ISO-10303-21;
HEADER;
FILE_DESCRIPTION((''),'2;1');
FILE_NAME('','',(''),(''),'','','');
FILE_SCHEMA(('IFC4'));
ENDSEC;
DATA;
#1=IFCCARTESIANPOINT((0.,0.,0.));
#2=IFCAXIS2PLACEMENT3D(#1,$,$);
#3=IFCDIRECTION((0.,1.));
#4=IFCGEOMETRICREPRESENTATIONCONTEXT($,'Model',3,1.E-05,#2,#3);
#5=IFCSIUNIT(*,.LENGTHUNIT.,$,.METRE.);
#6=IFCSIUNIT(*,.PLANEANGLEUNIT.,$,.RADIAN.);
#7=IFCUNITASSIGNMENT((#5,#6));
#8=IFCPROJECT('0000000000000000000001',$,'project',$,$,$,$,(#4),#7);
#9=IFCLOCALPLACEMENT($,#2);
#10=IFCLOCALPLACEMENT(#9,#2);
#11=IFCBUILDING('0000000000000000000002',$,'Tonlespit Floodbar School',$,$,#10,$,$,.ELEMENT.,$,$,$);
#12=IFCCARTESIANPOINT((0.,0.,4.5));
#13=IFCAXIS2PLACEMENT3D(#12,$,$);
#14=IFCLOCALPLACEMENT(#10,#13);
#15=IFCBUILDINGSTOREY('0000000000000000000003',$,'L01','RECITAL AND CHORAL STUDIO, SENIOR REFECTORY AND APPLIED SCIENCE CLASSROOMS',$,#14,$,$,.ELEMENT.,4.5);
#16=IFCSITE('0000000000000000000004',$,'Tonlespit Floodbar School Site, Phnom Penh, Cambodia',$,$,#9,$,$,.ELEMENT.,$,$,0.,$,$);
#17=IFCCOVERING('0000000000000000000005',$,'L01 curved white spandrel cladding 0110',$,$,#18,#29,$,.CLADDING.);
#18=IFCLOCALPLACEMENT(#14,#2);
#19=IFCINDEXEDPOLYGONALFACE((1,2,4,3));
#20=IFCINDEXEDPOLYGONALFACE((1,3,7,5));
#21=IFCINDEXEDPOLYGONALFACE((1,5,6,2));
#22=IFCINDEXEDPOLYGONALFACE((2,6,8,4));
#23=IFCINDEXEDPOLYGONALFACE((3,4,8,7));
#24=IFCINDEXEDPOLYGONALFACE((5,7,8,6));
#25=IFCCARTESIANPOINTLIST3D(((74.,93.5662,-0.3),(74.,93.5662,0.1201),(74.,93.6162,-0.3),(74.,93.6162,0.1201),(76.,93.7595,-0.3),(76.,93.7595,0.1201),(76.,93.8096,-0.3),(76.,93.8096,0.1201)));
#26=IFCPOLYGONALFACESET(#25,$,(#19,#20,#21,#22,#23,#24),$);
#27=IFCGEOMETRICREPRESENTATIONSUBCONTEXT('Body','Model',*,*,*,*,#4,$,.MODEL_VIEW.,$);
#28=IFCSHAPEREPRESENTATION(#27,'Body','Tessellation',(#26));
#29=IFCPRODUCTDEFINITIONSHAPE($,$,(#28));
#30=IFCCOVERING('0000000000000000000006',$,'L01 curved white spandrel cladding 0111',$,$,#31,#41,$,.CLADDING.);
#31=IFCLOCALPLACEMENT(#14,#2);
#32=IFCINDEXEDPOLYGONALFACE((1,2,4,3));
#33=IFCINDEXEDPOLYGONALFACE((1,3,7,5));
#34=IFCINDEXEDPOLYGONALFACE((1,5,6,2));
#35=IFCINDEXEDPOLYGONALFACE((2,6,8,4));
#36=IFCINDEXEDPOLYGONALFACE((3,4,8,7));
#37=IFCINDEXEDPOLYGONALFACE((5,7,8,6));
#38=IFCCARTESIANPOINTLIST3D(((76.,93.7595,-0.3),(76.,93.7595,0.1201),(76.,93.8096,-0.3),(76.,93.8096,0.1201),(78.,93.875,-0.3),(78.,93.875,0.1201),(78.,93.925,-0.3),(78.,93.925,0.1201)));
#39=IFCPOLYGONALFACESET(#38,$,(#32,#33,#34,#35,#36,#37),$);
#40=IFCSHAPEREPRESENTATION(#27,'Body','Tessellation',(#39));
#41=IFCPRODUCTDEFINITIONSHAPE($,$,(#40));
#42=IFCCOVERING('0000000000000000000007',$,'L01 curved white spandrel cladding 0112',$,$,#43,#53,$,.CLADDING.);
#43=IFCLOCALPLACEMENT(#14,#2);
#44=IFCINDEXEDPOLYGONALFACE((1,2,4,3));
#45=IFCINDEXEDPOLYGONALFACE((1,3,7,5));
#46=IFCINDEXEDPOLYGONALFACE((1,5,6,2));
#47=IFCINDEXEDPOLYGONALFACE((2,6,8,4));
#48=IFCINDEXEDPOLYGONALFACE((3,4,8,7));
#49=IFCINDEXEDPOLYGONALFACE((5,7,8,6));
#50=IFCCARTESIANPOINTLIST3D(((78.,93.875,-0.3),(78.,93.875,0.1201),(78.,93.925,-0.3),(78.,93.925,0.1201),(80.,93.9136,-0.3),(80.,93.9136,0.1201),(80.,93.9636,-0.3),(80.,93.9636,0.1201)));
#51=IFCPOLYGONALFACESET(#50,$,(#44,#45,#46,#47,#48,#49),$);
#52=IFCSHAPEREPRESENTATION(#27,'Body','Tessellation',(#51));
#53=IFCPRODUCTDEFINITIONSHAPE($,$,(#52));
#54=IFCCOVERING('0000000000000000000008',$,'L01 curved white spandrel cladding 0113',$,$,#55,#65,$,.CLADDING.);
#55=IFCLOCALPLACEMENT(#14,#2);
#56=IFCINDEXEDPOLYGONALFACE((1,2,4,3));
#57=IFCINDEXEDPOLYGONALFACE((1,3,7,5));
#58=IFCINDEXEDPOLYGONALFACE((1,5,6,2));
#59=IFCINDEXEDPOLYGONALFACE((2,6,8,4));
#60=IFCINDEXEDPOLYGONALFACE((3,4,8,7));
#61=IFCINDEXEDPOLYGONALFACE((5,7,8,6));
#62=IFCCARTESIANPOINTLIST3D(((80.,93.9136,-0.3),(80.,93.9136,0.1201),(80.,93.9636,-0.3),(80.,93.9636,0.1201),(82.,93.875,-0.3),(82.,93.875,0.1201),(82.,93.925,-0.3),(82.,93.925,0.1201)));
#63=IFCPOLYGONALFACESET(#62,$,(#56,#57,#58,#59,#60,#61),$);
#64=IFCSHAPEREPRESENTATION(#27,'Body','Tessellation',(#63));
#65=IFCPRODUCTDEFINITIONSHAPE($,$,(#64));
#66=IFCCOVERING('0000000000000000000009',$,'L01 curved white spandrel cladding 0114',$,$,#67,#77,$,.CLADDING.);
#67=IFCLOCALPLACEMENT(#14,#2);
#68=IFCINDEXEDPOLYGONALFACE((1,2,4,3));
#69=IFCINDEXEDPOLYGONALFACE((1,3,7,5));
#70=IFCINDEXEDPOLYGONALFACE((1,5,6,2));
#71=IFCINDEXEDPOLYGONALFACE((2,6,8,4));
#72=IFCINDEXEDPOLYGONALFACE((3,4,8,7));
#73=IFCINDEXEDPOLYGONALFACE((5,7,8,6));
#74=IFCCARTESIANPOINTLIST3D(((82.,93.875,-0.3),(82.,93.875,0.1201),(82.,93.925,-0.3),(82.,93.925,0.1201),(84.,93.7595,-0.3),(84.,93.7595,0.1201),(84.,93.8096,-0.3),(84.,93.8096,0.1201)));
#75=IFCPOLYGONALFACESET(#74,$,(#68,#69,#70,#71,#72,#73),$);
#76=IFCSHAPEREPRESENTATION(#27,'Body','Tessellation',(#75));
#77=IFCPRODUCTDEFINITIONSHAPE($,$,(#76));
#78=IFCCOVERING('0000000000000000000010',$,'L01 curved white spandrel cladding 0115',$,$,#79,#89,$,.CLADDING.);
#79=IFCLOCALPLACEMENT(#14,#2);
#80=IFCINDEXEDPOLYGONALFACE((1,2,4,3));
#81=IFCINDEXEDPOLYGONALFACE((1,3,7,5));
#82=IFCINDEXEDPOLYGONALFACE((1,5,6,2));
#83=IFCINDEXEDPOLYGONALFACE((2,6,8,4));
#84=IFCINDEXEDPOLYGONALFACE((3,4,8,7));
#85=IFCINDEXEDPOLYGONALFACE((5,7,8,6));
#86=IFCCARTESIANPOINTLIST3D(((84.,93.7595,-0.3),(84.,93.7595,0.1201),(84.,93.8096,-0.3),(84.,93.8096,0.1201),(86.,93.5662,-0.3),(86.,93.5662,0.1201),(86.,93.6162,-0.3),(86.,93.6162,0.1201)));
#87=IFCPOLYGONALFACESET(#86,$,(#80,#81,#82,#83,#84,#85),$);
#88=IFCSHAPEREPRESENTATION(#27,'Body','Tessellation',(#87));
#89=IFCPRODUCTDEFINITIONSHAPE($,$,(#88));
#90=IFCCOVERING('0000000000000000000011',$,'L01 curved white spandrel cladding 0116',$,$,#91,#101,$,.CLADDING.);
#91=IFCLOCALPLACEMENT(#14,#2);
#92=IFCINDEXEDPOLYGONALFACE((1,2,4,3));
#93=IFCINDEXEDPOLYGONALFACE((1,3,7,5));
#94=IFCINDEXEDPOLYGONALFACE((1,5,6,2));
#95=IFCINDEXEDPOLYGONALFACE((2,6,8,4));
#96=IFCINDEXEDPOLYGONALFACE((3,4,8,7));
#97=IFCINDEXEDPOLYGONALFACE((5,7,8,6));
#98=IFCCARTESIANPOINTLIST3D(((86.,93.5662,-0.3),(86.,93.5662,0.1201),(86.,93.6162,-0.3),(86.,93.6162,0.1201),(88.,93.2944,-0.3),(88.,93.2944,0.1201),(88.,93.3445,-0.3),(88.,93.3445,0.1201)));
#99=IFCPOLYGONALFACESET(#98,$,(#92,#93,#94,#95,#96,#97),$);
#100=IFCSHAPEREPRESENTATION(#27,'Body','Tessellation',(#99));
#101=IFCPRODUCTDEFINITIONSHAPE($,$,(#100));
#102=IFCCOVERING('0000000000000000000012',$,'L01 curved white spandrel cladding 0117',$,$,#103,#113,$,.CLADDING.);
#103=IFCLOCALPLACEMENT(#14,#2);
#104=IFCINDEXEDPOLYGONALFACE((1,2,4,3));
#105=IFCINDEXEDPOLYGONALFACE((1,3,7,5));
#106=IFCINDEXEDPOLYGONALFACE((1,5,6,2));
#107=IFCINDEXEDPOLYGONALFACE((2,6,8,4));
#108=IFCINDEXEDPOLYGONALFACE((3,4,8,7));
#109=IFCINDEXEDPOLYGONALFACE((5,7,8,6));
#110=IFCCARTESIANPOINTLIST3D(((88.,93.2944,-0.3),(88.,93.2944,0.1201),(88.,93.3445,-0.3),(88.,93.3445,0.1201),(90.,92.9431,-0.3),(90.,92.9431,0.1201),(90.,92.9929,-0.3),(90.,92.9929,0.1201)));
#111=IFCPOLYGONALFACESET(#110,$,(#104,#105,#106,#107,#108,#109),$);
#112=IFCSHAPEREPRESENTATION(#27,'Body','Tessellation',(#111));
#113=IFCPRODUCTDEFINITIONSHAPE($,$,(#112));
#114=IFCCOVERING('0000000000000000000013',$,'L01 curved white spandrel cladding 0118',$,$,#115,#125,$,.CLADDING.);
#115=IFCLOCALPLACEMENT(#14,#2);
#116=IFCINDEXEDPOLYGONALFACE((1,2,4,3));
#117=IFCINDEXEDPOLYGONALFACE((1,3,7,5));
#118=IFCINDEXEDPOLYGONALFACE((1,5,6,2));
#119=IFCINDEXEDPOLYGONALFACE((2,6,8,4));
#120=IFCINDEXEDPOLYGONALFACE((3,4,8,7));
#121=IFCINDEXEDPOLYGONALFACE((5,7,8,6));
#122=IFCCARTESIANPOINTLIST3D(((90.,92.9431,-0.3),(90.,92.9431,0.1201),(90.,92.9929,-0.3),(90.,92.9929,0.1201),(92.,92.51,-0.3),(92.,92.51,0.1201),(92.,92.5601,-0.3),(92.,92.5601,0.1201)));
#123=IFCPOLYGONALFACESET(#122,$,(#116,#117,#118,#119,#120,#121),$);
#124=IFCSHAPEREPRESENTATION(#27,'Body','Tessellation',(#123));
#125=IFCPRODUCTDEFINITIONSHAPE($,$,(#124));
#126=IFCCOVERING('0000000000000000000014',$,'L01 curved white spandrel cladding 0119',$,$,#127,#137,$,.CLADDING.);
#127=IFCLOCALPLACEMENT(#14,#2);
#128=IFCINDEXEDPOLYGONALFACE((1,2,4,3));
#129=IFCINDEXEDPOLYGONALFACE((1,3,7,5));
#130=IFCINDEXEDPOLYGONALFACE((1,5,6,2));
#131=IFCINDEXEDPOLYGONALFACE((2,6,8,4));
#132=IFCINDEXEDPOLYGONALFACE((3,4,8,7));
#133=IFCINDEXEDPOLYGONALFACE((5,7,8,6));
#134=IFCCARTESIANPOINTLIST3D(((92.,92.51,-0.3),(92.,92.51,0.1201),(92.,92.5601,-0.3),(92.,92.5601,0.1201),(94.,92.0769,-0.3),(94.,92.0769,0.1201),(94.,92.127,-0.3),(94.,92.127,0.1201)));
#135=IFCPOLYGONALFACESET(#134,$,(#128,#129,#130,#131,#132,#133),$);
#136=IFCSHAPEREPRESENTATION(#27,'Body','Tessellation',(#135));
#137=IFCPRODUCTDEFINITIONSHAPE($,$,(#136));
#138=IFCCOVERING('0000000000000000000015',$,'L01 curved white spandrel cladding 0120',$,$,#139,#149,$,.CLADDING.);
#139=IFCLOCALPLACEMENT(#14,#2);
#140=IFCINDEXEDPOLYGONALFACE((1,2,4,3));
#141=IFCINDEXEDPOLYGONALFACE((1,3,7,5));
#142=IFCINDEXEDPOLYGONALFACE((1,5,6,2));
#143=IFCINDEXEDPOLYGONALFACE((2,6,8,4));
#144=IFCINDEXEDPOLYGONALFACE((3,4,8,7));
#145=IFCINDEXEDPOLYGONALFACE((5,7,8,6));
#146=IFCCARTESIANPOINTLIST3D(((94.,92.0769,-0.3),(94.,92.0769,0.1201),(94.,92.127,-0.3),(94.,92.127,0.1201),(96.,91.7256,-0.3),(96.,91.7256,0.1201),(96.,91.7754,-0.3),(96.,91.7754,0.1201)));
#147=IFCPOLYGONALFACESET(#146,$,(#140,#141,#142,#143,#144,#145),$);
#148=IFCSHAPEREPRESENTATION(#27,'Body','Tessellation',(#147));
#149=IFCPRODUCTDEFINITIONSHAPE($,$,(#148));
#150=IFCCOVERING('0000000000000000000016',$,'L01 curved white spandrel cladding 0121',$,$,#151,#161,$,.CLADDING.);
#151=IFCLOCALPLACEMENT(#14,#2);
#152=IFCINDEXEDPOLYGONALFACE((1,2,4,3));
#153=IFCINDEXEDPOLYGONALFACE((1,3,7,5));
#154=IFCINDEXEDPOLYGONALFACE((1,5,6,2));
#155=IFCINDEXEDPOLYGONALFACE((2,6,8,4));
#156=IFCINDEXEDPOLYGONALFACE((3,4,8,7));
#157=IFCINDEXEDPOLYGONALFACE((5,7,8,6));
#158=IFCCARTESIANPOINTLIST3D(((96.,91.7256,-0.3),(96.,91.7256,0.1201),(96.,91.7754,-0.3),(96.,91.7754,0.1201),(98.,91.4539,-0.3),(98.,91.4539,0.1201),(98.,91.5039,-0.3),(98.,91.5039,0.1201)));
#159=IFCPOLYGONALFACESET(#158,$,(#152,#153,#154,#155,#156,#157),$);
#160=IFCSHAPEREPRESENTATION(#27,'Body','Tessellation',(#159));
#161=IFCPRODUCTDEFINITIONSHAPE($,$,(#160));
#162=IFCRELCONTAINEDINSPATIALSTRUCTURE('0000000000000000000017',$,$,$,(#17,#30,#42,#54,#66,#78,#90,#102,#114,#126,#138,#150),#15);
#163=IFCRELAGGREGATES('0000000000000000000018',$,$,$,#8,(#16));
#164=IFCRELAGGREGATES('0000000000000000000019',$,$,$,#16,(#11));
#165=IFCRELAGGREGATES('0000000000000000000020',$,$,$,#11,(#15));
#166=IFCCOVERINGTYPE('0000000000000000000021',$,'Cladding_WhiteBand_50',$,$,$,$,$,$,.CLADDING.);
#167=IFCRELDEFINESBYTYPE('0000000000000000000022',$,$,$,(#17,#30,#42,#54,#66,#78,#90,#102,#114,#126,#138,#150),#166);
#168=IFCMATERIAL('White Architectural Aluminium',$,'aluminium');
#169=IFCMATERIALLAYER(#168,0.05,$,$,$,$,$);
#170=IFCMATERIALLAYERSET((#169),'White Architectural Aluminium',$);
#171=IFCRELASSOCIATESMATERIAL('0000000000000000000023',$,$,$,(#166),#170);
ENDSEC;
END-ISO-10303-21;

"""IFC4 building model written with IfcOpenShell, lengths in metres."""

from ifc_helpers import new_model, si_unit, direction, frame, origin, place, context, subcontext, project, spatial, polyline, outline, extrude, material, layer, layer_set, type_object, element, save


model = new_model("IFC4")

# Units and contexts
model_context = context("Model", 3, precision=1e-05, world=origin(), true_north=direction((0.0, 1.0)))
body_context = subcontext(model_context, "Body", "Model", "MODEL_VIEW")
ifc_project = project(units=[si_unit("LENGTHUNIT", "METRE"), si_unit("PLANEANGLEUNIT", "RADIAN")], contexts=[model_context])

# Site, building, storey
site_placement = place(None, origin())
site = spatial("IfcSite", under=ifc_project, at=site_placement, Name="Tonlespit Floodbar School Site, Phnom Penh, Cambodia", CompositionType="ELEMENT", RefElevation=0.0)
building_placement = place(site_placement, origin())
building = spatial("IfcBuilding", under=site, at=building_placement, Name="Tonlespit Floodbar School", CompositionType="ELEMENT")
storey_placement = place(building_placement, frame((0.0, 0.0, 4.5)))
storey = spatial("IfcBuildingStorey", under=building, at=storey_placement, Name="L01", Description="RECITAL AND CHORAL STUDIO, SENIOR REFECTORY AND APPLIED SCIENCE CLASSROOMS", CompositionType="ELEMENT", Elevation=4.5)

# Coverings
ifc_material = material(Name="White Architectural Aluminium", Category="aluminium")
ifc_layer = layer(ifc_material, 0.05)
ifc_layer_set = layer_set([ifc_layer], Name="White Architectural Aluminium")
covering_type = type_object("IfcCoveringType", Name="Cladding_WhiteBand_50", PredefinedType="CLADDING", material=ifc_layer_set)
covering_1_placement = place(storey_placement, frame((0.0, 0.0, -0.3)))
element("IfcCovering", 1, at=covering_1_placement, inside=storey, type_object=covering_type, Name="L01 curved white spandrel cladding 0110", PredefinedType="CLADDING", context=body_context, shape_type="SweptSolid", body=[
    extrude(outline(polyline([(74.0, 93.6162), (76.0, 93.8096), (76.0, 93.7595), (74.0, 93.5662), (74.0, 93.6162)])), origin(), (0.0, 0.0, 1.0), 0.4202),
])
covering_2_placement = place(storey_placement, frame((0.0, 0.0, -0.3)))
element("IfcCovering", 2, at=covering_2_placement, inside=storey, type_object=covering_type, Name="L01 curved white spandrel cladding 0111", PredefinedType="CLADDING", context=body_context, shape_type="SweptSolid", body=[
    extrude(outline(polyline([(76.0, 93.8096), (78.0, 93.925), (78.0, 93.875), (76.0, 93.7595), (76.0, 93.8096)])), origin(), (0.0, 0.0, 1.0), 0.4202),
])
covering_3_placement = place(storey_placement, frame((0.0, 0.0, -0.3)))
element("IfcCovering", 3, at=covering_3_placement, inside=storey, type_object=covering_type, Name="L01 curved white spandrel cladding 0112", PredefinedType="CLADDING", context=body_context, shape_type="SweptSolid", body=[
    extrude(outline(polyline([(78.0, 93.925), (80.0, 93.9636), (80.0, 93.9136), (78.0, 93.875), (78.0, 93.925)])), origin(), (0.0, 0.0, 1.0), 0.4202),
])
covering_4_placement = place(storey_placement, frame((0.0, 0.0, -0.3)))
element("IfcCovering", 4, at=covering_4_placement, inside=storey, type_object=covering_type, Name="L01 curved white spandrel cladding 0113", PredefinedType="CLADDING", context=body_context, shape_type="SweptSolid", body=[
    extrude(outline(polyline([(80.0, 93.9636), (82.0, 93.925), (82.0, 93.875), (80.0, 93.9136), (80.0, 93.9636)])), origin(), (0.0, 0.0, 1.0), 0.4202),
])
covering_5_placement = place(storey_placement, frame((0.0, 0.0, -0.3)))
element("IfcCovering", 5, at=covering_5_placement, inside=storey, type_object=covering_type, Name="L01 curved white spandrel cladding 0114", PredefinedType="CLADDING", context=body_context, shape_type="SweptSolid", body=[
    extrude(outline(polyline([(82.0, 93.925), (84.0, 93.8096), (84.0, 93.7595), (82.0, 93.875), (82.0, 93.925)])), origin(), (0.0, 0.0, 1.0), 0.4202),
])
covering_6_placement = place(storey_placement, frame((0.0, 0.0, -0.3)))
element("IfcCovering", 6, at=covering_6_placement, inside=storey, type_object=covering_type, Name="L01 curved white spandrel cladding 0115", PredefinedType="CLADDING", context=body_context, shape_type="SweptSolid", body=[
    extrude(outline(polyline([(84.0, 93.8096), (86.0, 93.6162), (86.0, 93.5662), (84.0, 93.7595), (84.0, 93.8096)])), origin(), (0.0, 0.0, 1.0), 0.4202),
])
covering_7_placement = place(storey_placement, frame((0.0, 0.0, -0.3)))
element("IfcCovering", 7, at=covering_7_placement, inside=storey, type_object=covering_type, Name="L01 curved white spandrel cladding 0116", PredefinedType="CLADDING", context=body_context, shape_type="SweptSolid", body=[
    extrude(outline(polyline([(86.0, 93.6162), (88.0, 93.3445), (88.0, 93.2944), (86.0, 93.5662), (86.0, 93.6162)])), origin(), (0.0, 0.0, 1.0), 0.4202),
])
covering_8_placement = place(storey_placement, frame((0.0, 0.0, -0.3)))
element("IfcCovering", 8, at=covering_8_placement, inside=storey, type_object=covering_type, Name="L01 curved white spandrel cladding 0117", PredefinedType="CLADDING", context=body_context, shape_type="SweptSolid", body=[
    extrude(outline(polyline([(88.0, 93.3445), (90.0, 92.9929), (90.0, 92.9431), (88.0, 93.2944), (88.0, 93.3445)])), origin(), (0.0, 0.0, 1.0), 0.4202),
])
covering_9_placement = place(storey_placement, frame((0.0, 0.0, -0.3)))
element("IfcCovering", 9, at=covering_9_placement, inside=storey, type_object=covering_type, Name="L01 curved white spandrel cladding 0118", PredefinedType="CLADDING", context=body_context, shape_type="SweptSolid", body=[
    extrude(outline(polyline([(90.0, 92.9929), (92.0, 92.5601), (92.0, 92.51), (90.0, 92.9431), (90.0, 92.9929)])), origin(), (0.0, 0.0, 1.0), 0.4202),
])
covering_10_placement = place(storey_placement, frame((0.0, 0.0, -0.3)))
element("IfcCovering", 10, at=covering_10_placement, inside=storey, type_object=covering_type, Name="L01 curved white spandrel cladding 0119", PredefinedType="CLADDING", context=body_context, shape_type="SweptSolid", body=[
    extrude(outline(polyline([(92.0, 92.5601), (94.0, 92.127), (94.0, 92.0769), (92.0, 92.51), (92.0, 92.5601)])), origin(), (0.0, 0.0, 1.0), 0.4202),
])
covering_11_placement = place(storey_placement, frame((0.0, 0.0, -0.3)))
element("IfcCovering", 11, at=covering_11_placement, inside=storey, type_object=covering_type, Name="L01 curved white spandrel cladding 0120", PredefinedType="CLADDING", context=body_context, shape_type="SweptSolid", body=[
    extrude(outline(polyline([(94.0, 92.127), (96.0, 91.7754), (96.0, 91.7256), (94.0, 92.0769), (94.0, 92.127)])), origin(), (0.0, 0.0, 1.0), 0.4202),
])
covering_12_placement = place(storey_placement, frame((0.0, 0.0, -0.3)))
element("IfcCovering", 12, at=covering_12_placement, inside=storey, type_object=covering_type, Name="L01 curved white spandrel cladding 0121", PredefinedType="CLADDING", context=body_context, shape_type="SweptSolid", body=[
    extrude(outline(polyline([(96.0, 91.7754), (98.0, 91.5039), (98.0, 91.4539), (96.0, 91.7256), (96.0, 91.7754)])), origin(), (0.0, 0.0, 1.0), 0.4202),
])

save(model, "model.ifc")
